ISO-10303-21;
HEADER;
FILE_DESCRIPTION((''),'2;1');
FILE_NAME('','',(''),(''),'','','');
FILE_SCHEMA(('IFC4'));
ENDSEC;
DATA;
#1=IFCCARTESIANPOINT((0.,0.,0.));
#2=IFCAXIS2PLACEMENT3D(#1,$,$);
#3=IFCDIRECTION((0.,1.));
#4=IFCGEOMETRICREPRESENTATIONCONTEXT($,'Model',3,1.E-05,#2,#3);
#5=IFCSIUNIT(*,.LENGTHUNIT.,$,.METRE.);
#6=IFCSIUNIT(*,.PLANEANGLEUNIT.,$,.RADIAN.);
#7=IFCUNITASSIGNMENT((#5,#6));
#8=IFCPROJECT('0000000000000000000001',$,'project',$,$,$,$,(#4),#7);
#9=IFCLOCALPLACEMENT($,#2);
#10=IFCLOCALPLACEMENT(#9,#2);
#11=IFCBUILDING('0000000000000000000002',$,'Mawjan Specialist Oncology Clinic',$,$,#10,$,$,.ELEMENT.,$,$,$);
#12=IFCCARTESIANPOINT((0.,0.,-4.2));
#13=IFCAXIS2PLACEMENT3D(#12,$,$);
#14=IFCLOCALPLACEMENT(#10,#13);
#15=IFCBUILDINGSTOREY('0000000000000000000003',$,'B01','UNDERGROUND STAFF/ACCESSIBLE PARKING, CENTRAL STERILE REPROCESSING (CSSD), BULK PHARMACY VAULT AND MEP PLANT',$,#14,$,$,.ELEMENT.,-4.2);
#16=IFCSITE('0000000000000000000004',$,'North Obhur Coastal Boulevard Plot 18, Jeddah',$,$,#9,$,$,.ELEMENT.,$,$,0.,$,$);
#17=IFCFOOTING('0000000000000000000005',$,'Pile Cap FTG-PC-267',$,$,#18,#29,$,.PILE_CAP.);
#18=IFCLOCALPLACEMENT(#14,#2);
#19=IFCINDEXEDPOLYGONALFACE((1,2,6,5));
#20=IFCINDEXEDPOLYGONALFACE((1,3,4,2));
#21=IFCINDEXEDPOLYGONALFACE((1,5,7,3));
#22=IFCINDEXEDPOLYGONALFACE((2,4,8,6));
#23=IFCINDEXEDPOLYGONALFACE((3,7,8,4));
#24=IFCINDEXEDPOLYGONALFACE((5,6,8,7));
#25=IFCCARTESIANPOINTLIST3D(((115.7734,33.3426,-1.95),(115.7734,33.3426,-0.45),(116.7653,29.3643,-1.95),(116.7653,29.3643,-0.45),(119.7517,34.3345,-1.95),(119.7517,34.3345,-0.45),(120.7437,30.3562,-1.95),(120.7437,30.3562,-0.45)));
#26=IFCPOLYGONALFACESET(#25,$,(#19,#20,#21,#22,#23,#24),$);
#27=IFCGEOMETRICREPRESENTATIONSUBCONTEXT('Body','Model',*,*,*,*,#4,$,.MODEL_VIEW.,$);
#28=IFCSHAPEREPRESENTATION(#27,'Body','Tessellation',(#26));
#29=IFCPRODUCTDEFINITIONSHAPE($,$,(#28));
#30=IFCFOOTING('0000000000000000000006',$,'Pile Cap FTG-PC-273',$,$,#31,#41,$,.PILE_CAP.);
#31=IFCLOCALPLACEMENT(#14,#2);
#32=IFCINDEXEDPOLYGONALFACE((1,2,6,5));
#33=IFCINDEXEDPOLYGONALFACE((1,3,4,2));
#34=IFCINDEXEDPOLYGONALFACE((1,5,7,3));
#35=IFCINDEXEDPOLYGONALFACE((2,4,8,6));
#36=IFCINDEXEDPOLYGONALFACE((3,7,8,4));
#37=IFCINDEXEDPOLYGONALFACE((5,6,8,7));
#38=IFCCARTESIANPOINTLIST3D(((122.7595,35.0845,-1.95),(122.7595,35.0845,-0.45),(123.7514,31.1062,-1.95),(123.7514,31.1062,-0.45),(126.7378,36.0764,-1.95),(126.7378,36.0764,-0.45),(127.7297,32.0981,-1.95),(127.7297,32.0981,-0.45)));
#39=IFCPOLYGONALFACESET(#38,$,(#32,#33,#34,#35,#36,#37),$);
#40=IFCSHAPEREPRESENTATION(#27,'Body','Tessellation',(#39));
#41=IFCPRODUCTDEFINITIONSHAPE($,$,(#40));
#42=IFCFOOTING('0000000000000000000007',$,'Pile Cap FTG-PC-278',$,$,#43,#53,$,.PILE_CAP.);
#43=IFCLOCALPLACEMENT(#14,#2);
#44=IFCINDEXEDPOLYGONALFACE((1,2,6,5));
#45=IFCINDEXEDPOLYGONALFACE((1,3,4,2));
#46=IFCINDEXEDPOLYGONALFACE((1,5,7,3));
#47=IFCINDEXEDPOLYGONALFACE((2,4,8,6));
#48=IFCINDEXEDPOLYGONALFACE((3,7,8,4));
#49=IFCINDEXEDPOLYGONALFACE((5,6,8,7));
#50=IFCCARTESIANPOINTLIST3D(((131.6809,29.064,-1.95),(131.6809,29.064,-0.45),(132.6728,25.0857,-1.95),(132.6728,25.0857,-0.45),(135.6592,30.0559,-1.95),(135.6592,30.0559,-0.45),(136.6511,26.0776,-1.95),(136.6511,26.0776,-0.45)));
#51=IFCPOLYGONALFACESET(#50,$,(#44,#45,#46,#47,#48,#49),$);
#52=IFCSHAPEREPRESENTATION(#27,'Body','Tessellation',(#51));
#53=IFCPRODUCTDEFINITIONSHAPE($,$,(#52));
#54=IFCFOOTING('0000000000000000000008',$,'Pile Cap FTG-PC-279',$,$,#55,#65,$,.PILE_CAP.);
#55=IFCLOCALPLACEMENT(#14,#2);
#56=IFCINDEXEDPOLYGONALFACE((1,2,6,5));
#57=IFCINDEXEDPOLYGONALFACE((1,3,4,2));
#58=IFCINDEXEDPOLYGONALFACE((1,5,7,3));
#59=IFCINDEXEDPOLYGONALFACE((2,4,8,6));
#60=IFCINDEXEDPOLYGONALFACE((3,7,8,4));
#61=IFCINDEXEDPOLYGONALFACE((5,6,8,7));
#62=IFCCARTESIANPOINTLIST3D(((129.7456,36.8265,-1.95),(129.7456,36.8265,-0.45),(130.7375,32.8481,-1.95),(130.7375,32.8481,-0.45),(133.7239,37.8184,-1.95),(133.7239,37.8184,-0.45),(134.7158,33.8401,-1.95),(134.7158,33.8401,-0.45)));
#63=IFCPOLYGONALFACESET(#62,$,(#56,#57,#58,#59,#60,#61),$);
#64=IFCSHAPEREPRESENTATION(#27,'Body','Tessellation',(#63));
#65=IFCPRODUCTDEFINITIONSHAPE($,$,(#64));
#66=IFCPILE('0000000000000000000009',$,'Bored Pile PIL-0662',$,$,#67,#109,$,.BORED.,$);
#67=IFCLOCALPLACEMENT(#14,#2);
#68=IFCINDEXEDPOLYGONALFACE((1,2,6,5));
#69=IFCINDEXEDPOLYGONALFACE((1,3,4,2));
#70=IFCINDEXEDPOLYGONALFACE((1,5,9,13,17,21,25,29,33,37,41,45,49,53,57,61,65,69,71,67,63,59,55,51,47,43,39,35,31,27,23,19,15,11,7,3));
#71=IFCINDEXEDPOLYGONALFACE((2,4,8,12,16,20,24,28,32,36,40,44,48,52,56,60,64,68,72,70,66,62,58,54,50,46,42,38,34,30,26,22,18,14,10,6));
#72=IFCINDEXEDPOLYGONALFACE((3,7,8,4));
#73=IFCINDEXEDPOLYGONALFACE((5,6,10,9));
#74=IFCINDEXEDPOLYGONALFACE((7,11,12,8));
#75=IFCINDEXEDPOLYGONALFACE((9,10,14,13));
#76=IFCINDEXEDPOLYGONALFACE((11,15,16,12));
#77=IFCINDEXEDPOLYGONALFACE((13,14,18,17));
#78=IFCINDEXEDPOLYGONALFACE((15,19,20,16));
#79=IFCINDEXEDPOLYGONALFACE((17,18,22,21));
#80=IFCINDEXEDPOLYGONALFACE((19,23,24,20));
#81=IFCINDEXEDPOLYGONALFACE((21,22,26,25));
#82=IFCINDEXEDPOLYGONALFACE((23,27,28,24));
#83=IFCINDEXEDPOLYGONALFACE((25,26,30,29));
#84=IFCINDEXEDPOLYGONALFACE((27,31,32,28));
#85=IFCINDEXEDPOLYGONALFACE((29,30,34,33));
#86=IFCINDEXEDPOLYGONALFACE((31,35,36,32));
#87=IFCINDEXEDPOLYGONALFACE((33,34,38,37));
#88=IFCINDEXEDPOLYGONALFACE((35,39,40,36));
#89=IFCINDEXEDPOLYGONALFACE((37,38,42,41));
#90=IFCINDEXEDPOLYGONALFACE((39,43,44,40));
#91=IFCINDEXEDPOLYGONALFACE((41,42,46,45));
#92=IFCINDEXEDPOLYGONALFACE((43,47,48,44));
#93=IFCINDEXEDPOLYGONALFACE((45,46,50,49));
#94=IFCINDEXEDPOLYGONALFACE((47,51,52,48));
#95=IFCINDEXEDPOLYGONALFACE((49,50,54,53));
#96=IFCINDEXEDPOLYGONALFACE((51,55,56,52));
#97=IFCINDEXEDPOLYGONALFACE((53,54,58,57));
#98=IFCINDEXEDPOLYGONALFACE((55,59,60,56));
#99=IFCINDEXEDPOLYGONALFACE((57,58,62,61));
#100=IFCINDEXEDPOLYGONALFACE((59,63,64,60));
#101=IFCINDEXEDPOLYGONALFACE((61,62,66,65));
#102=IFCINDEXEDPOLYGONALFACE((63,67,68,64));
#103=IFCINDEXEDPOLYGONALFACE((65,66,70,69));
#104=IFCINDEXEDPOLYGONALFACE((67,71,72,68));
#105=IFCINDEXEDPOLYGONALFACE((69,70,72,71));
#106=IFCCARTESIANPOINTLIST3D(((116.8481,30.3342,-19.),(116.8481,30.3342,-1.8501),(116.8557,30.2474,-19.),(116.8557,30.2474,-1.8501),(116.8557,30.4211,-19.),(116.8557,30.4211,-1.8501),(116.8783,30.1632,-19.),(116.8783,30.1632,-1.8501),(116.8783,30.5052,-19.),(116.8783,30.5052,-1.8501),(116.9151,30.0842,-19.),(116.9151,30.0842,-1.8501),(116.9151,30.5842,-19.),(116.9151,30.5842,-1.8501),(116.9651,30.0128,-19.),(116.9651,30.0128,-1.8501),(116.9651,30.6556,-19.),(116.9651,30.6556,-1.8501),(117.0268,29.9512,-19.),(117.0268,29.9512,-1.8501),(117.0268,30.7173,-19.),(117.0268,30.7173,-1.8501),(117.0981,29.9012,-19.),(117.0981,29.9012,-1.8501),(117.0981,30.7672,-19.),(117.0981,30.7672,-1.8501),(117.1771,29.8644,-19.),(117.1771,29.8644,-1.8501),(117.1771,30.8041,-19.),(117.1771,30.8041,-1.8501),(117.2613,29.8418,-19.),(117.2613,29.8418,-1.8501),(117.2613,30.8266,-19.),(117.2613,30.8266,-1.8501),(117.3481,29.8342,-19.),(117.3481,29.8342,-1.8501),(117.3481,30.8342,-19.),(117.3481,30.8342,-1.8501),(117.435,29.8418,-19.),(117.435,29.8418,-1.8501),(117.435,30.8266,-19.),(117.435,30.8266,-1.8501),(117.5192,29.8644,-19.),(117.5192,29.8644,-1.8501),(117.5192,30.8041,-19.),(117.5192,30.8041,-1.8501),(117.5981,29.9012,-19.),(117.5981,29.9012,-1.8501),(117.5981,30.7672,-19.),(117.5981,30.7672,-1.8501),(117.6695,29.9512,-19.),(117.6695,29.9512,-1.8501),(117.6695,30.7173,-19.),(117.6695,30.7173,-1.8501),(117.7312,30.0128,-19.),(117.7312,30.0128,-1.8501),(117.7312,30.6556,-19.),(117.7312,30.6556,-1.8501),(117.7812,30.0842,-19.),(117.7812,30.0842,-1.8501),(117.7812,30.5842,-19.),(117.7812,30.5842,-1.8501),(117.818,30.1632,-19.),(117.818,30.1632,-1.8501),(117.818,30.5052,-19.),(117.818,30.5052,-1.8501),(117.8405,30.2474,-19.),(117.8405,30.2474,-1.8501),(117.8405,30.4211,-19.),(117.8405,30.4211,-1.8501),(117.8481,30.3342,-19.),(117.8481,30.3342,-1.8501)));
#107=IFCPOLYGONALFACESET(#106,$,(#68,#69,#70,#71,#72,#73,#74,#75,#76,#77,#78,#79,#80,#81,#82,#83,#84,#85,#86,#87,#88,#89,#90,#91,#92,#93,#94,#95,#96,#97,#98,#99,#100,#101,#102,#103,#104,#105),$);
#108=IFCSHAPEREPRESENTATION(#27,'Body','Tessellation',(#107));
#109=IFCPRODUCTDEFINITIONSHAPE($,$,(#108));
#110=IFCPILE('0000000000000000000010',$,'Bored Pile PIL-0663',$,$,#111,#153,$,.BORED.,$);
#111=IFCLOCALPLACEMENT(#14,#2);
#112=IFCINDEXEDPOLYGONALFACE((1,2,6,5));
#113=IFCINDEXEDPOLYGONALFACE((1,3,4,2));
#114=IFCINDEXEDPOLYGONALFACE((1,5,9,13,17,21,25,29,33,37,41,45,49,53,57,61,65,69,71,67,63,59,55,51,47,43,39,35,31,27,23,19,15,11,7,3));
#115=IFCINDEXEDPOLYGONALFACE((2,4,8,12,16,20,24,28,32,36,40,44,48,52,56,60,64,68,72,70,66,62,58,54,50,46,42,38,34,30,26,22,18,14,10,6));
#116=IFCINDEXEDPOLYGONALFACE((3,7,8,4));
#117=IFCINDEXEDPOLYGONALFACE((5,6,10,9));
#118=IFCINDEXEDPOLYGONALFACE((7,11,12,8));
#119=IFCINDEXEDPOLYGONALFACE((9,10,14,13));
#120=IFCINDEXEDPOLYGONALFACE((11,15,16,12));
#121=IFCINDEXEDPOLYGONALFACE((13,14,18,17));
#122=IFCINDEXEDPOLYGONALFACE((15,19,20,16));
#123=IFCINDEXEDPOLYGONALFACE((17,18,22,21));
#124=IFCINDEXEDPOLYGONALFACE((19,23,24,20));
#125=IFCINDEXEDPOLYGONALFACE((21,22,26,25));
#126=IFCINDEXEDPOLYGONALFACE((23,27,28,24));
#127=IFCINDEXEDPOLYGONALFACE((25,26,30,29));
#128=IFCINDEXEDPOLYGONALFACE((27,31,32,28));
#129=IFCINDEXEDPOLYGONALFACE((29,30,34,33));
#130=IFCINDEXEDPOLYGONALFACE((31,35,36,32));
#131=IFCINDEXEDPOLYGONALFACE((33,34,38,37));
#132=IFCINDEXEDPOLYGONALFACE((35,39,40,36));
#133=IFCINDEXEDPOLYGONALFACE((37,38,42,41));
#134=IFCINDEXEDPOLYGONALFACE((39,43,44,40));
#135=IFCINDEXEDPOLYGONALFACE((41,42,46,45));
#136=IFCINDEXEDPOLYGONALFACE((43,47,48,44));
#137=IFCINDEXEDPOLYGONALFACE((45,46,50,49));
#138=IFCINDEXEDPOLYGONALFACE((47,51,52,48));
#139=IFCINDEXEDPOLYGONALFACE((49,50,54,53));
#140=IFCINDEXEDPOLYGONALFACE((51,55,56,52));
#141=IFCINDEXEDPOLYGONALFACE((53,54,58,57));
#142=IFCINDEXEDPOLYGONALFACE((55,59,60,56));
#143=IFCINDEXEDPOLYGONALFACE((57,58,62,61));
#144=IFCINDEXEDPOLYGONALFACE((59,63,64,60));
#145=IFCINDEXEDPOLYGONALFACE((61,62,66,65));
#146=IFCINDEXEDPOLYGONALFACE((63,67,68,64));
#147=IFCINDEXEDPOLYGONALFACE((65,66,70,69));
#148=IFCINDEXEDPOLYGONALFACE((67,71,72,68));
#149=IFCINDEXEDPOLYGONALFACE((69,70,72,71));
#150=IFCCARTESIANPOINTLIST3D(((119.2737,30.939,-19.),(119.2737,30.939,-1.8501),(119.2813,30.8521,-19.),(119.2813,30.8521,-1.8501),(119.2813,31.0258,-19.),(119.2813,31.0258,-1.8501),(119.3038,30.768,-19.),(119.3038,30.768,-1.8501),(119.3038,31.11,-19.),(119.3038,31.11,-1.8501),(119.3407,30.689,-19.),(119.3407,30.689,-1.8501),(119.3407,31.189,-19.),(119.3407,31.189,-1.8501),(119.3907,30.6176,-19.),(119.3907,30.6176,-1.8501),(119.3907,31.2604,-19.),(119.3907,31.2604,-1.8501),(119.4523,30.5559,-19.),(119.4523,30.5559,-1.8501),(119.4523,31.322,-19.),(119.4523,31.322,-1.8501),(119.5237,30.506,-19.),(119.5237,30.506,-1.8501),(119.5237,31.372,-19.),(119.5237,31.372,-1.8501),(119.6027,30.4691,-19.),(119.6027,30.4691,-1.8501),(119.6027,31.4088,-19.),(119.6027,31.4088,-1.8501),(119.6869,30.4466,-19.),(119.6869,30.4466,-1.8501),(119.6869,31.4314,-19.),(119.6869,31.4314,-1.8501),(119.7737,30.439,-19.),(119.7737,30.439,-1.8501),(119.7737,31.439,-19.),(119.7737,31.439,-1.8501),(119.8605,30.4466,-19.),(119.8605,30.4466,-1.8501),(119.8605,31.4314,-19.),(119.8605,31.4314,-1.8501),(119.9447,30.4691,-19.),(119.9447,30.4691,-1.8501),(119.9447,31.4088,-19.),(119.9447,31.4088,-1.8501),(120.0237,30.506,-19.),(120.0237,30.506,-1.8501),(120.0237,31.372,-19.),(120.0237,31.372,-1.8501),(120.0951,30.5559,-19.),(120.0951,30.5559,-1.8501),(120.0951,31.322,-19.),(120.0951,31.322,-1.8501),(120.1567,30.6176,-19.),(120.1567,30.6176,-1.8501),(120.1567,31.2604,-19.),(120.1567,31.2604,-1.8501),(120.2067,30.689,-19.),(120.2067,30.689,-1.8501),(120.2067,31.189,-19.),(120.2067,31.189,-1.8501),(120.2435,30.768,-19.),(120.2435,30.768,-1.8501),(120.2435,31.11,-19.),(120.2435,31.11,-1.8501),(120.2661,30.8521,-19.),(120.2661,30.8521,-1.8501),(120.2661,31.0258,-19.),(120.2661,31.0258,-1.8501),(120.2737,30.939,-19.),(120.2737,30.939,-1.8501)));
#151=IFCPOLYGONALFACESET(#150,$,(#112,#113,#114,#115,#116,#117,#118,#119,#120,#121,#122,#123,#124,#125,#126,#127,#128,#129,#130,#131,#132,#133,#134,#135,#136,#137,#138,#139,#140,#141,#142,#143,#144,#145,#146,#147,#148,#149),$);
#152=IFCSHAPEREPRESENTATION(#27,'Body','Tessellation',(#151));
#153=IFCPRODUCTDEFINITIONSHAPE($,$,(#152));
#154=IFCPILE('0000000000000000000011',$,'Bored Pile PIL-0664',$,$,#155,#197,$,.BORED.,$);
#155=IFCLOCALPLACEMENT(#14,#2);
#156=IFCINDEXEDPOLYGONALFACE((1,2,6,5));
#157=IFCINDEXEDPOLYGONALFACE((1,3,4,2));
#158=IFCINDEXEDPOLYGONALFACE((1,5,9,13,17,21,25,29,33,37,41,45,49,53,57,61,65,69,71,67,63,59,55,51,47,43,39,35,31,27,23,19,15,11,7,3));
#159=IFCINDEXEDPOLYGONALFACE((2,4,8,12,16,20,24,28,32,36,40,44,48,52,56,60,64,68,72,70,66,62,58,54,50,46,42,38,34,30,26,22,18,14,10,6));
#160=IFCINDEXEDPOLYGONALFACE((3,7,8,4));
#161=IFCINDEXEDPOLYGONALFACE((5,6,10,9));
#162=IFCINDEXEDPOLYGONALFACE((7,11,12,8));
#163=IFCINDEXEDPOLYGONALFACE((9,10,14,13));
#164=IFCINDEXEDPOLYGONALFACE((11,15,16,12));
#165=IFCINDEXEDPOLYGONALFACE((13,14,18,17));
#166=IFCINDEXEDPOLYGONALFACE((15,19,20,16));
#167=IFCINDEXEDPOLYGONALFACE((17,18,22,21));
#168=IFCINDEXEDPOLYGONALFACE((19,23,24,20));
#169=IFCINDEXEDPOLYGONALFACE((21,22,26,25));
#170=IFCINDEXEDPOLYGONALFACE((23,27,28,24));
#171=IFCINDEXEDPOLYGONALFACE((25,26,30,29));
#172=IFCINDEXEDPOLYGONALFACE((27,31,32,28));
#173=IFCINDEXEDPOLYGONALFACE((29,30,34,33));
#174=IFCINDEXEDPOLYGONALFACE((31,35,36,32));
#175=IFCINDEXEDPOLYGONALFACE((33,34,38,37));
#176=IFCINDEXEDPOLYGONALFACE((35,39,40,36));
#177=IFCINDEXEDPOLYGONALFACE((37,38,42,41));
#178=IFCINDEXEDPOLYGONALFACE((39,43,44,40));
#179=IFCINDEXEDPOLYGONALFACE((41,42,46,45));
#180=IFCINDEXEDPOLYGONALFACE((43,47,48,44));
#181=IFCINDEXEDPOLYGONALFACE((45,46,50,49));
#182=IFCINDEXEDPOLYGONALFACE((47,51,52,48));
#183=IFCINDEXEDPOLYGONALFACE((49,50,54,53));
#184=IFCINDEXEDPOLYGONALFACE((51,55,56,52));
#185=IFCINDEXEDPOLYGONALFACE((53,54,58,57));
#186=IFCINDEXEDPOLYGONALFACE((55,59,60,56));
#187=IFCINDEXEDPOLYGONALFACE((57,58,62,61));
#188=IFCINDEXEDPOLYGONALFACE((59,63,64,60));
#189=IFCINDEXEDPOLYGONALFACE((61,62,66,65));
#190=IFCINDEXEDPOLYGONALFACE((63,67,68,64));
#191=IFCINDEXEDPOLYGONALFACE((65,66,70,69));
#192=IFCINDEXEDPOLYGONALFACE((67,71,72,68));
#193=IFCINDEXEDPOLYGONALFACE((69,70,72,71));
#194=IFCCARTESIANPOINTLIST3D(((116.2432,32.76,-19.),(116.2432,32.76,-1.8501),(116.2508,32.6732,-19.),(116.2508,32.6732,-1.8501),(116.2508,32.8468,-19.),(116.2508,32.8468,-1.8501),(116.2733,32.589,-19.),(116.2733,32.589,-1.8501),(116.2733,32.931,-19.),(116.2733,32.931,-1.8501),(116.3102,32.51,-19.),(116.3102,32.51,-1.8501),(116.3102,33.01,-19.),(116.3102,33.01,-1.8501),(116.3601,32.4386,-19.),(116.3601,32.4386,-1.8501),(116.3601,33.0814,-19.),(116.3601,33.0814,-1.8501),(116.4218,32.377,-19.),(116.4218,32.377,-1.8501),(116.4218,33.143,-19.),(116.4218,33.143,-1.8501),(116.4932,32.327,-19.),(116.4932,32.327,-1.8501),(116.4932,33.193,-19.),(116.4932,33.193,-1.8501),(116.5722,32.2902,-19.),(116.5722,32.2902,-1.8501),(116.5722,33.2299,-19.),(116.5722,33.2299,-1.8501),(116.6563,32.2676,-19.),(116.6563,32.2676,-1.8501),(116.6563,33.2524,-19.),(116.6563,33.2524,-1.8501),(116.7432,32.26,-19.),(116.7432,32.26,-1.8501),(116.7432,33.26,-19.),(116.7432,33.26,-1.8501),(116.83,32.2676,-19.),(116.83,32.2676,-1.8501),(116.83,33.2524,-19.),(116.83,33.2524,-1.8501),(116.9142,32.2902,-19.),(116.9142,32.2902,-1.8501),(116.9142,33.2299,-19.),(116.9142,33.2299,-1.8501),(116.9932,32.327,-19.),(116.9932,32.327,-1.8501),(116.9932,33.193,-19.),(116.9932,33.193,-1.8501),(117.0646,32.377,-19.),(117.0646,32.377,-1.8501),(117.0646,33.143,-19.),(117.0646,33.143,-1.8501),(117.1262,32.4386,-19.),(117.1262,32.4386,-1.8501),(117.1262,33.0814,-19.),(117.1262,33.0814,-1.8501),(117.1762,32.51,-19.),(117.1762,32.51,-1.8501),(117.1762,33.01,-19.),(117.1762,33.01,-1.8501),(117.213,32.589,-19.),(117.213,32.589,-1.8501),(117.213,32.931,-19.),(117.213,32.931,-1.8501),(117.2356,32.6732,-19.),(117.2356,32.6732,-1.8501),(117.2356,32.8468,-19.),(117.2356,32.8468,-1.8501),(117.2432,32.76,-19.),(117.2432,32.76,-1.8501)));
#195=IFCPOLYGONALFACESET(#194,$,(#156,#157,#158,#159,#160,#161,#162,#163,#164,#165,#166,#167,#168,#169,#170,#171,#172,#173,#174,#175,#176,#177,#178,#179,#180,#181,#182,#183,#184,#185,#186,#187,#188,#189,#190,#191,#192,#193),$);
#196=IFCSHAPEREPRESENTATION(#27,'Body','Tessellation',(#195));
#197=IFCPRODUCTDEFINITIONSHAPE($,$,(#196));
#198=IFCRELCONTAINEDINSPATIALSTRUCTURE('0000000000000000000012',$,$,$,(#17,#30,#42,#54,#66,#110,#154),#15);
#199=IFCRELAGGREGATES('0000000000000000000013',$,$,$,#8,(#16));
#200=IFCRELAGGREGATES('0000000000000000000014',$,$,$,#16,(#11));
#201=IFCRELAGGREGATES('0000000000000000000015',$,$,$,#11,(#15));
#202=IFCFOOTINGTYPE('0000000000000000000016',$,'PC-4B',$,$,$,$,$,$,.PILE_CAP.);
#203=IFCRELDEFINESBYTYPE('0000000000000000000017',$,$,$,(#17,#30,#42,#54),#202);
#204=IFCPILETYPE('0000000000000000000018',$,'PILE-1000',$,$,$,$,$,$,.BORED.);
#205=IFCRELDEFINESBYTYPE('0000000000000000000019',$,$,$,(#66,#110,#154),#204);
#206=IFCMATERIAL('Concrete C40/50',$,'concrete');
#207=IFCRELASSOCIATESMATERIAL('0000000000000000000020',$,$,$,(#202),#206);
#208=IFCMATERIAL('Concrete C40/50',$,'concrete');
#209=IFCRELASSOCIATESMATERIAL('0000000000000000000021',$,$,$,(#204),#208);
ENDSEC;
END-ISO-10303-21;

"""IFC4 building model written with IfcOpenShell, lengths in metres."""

from ifc_helpers import new_model, si_unit, direction, frame, origin, origin_2d, place, context, subcontext, project, spatial, rectangle, circle, extrude, material, material_profile, profile_set, type_object, element, save


model = new_model("IFC4")

# Units and contexts
model_context = context("Model", 3, precision=1e-05, world=origin(), true_north=direction((0.0, 1.0)))
body_context = subcontext(model_context, "Body", "Model", "MODEL_VIEW")
ifc_project = project(units=[si_unit("LENGTHUNIT", "METRE"), si_unit("PLANEANGLEUNIT", "RADIAN")], contexts=[model_context])

# Site, building, storey
site_placement = place(None, origin())
site = spatial("IfcSite", under=ifc_project, at=site_placement, Name="North Obhur Coastal Boulevard Plot 18, Jeddah", CompositionType="ELEMENT", RefElevation=0.0)
building_placement = place(site_placement, origin())
building = spatial("IfcBuilding", under=site, at=building_placement, Name="Mawjan Specialist Oncology Clinic", CompositionType="ELEMENT")
storey_placement = place(building_placement, frame((0.0, 0.0, -4.2)))
storey = spatial("IfcBuildingStorey", under=building, at=storey_placement, Name="B01", Description="UNDERGROUND STAFF/ACCESSIBLE PARKING, CENTRAL STERILE REPROCESSING (CSSD), BULK PHARMACY VAULT AND MEP PLANT", CompositionType="ELEMENT", Elevation=-4.2)

# Footings
ifc_material_1 = material(Name="Concrete C40/50", Category="concrete")
footing_type = type_object("IfcFootingType", Name="PC-4B", PredefinedType="PILE_CAP", material=ifc_material_1)
for number, where, z_axis, x_axis, name in (
    (1, (118.2585, 31.8494, -1.95), (0.0, 0.0, 1.0), (0.970296, 0.241922, 0.0), "Pile Cap FTG-PC-267"),
    (2, (125.2446, 33.5913, -1.95), (0.0, 0.0, 1.0), (0.970296, 0.241922, 0.0), "Pile Cap FTG-PC-273"),
    (3, (134.166, 27.5708, -1.95), (0.0, 0.0, 1.0), (0.970296, 0.241922, 0.0), "Pile Cap FTG-PC-278"),
    (4, (132.2307, 35.3333, -1.95), (0.0, 0.0, 1.0), (0.970296, 0.241922, 0.0), "Pile Cap FTG-PC-279"),
):
    element("IfcFooting", number, at=place(storey_placement, frame(where, z_axis=z_axis, x_axis=x_axis)), inside=storey, type_object=footing_type, Name=name, PredefinedType="PILE_CAP", context=body_context, shape_type="SweptSolid", body=[
        extrude(rectangle(XDim=4.1001, YDim=4.1001, at=origin_2d()), origin(), (0.0, 0.0, 1.0), 1.5),
    ])

# Piles
ifc_material_2 = material(Name="Concrete C40/50", Category="concrete")
ifc_material_profile_1 = material_profile(ifc_material_2, circle(Radius=0.5, at=origin_2d()), Name="BORED PILE D1000", Category="concrete")
ifc_profile_set_1 = profile_set([ifc_material_profile_1], Name="Concrete C40/50")
pile_type = type_object("IfcPileType", Name="PILE-1000", PredefinedType="BORED", material=ifc_profile_set_1)
for number, where, z_axis, x_axis, name in (
    (5, (117.3481, 30.3342, -1.8501), (0.0, 0.0, -1.0), (1.0, 0.0, 0.0), "Bored Pile PIL-0662"),
    (6, (119.7737, 30.939, -1.8501), (0.0, 0.0, -1.0), (1.0, 0.0, 0.0), "Bored Pile PIL-0663"),
    (7, (116.7432, 32.76, -1.8501), (0.0, 0.0, -1.0), (1.0, 0.0, 0.0), "Bored Pile PIL-0664"),
):
    element("IfcPile", number, at=place(storey_placement, frame(where, z_axis=z_axis, x_axis=x_axis)), inside=storey, type_object=pile_type, Name=name, PredefinedType="BORED", context=body_context, shape_type="SweptSolid", body=[
        extrude(circle(Radius=0.5, at=origin_2d()), origin(), (0.0, 0.0, 1.0), 17.1499),
    ])

save(model, "model.ifc")
